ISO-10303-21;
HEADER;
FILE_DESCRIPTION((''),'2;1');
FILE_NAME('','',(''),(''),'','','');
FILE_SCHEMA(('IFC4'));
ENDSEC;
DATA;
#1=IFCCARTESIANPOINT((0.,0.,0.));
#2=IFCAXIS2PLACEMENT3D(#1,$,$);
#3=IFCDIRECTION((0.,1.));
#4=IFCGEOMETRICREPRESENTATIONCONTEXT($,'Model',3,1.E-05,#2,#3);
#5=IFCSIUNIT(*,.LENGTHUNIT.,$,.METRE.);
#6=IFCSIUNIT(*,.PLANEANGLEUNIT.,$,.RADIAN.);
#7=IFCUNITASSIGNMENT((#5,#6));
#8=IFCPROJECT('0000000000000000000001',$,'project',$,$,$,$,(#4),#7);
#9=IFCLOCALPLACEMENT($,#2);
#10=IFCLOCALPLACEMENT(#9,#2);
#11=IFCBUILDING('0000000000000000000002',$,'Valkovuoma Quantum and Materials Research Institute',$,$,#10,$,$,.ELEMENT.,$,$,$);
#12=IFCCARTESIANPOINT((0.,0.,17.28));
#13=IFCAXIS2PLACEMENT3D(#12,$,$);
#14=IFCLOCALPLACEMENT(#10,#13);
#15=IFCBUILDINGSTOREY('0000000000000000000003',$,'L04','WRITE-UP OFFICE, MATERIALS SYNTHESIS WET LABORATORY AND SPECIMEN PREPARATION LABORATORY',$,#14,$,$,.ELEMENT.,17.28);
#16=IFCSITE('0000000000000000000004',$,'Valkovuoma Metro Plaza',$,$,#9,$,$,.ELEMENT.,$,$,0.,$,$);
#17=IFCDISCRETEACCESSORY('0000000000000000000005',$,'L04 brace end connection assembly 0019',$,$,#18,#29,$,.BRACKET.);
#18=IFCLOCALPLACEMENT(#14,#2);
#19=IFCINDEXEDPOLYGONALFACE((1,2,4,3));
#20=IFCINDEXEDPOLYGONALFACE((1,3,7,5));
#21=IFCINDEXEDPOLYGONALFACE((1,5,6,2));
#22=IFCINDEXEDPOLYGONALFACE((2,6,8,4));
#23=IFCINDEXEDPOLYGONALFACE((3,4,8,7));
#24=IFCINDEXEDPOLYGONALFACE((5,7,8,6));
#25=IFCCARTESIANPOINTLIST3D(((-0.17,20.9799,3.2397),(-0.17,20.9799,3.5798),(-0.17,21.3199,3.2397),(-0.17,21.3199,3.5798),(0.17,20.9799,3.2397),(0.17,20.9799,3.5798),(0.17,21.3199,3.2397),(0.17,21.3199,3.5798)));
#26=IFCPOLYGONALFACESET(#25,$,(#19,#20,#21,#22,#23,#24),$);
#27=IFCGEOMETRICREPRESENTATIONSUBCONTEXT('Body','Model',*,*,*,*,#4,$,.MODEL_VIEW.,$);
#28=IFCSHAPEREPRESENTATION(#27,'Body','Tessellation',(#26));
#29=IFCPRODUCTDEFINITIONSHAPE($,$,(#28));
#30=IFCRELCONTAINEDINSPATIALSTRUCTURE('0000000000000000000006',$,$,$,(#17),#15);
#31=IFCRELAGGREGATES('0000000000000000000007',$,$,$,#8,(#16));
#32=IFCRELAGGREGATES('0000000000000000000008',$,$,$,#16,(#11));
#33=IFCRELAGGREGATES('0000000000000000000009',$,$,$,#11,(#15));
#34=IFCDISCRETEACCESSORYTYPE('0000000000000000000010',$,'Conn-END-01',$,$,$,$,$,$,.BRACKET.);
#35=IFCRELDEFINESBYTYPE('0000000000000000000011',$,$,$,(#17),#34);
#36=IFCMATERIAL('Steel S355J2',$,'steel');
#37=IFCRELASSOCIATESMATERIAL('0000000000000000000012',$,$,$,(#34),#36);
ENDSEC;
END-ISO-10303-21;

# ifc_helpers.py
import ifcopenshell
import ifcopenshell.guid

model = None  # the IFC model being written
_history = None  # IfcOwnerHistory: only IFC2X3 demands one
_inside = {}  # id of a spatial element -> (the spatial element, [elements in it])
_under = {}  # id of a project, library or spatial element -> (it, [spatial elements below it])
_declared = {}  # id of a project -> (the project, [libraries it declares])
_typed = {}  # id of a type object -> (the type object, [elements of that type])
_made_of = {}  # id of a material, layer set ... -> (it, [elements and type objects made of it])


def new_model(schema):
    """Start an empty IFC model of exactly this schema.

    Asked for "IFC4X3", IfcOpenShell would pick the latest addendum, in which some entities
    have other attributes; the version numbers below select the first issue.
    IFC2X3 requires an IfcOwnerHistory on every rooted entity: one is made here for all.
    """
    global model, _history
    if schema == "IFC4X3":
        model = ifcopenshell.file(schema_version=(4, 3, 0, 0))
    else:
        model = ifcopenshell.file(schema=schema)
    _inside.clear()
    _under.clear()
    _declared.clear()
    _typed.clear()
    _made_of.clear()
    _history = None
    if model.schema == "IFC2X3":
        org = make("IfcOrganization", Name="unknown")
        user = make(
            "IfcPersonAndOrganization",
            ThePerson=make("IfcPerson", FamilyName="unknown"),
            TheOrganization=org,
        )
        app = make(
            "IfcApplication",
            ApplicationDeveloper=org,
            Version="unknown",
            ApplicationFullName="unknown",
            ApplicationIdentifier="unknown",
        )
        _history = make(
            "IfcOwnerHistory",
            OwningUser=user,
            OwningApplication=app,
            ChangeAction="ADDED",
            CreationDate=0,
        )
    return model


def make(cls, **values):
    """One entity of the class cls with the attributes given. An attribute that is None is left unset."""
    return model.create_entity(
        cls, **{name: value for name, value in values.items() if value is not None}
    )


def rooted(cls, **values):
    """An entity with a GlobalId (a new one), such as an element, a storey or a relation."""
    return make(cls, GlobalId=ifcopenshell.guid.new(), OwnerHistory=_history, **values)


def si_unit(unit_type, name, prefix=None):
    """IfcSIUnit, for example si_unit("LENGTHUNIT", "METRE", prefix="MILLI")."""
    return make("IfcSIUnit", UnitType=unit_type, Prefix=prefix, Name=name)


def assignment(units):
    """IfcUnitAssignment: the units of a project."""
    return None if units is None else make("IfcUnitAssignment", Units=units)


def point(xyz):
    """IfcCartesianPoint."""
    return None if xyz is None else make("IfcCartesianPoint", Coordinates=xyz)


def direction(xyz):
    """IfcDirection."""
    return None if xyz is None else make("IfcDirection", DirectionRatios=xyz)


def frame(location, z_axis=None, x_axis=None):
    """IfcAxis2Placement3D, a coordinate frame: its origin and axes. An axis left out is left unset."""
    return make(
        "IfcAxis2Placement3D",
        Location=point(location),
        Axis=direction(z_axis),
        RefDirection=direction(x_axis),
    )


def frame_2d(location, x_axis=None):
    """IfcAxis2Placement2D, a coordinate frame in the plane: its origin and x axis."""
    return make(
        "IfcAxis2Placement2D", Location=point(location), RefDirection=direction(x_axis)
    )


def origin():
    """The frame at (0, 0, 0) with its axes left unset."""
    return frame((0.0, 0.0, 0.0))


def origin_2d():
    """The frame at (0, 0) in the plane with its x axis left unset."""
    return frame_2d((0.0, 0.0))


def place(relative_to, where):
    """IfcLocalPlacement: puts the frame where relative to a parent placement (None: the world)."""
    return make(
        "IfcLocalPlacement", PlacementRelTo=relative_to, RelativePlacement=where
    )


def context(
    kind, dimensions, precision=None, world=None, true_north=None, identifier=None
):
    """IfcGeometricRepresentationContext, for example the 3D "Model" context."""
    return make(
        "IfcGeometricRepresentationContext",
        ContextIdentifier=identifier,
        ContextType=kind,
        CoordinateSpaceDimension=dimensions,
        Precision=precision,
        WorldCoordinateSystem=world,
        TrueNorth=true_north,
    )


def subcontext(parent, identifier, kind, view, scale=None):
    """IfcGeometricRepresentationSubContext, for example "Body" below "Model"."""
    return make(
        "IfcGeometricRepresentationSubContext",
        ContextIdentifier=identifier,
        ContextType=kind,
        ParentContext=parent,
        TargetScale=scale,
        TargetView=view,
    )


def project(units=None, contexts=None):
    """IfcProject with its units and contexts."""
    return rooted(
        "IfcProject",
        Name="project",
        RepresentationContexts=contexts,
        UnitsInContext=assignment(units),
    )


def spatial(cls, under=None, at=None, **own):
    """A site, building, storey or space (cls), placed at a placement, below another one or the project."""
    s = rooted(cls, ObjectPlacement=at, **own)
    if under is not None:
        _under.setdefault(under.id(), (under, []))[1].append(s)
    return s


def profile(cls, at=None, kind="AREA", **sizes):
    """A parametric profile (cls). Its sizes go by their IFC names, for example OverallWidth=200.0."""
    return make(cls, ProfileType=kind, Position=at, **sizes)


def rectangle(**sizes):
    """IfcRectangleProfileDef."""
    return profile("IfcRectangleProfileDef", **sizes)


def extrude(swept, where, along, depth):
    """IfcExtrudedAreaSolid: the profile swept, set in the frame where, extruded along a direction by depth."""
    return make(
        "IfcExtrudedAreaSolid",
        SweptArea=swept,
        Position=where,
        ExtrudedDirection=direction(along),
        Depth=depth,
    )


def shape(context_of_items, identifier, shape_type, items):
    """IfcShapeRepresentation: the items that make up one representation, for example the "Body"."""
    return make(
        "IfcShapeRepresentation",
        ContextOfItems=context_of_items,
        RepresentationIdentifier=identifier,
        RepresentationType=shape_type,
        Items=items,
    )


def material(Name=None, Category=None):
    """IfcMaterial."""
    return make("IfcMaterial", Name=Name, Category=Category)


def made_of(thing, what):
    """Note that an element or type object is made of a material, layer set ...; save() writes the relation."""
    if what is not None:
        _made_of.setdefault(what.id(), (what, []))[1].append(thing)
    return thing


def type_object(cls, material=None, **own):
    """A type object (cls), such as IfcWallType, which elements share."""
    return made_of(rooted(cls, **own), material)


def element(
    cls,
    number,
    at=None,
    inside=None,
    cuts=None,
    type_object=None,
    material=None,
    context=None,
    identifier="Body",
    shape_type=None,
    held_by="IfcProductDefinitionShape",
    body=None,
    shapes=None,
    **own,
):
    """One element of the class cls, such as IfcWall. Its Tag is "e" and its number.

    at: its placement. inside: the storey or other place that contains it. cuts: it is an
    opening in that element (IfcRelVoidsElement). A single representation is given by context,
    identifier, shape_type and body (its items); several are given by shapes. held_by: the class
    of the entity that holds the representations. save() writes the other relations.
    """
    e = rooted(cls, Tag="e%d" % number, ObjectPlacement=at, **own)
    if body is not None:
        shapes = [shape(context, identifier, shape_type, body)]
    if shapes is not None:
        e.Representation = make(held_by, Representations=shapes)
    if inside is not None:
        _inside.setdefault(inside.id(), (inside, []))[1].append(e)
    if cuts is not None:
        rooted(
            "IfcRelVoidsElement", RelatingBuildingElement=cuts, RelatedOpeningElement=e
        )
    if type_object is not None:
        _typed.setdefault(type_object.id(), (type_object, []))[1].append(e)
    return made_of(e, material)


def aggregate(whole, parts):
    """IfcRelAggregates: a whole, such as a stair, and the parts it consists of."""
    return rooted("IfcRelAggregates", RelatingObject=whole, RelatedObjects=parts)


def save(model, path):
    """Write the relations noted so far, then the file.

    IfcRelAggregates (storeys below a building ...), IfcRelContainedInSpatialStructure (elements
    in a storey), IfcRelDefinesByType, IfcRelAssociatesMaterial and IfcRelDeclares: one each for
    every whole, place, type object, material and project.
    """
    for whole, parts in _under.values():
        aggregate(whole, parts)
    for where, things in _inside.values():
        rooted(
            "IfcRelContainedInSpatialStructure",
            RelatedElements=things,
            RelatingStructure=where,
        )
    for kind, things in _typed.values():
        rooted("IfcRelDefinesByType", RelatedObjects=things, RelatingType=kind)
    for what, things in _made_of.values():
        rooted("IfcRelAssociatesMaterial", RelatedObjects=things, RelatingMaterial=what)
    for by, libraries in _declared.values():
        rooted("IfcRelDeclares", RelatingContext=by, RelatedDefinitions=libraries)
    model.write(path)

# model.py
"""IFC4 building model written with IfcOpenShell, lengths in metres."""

from ifc_helpers import new_model, si_unit, direction, frame, origin, origin_2d, place, context, subcontext, project, spatial, rectangle, extrude, material, type_object, element, save


model = new_model("IFC4")

# Units and contexts
model_context = context("Model", 3, precision=1e-05, world=origin(), true_north=direction((0.0, 1.0)))
body_context = subcontext(model_context, "Body", "Model", "MODEL_VIEW")
ifc_project = project(units=[si_unit("LENGTHUNIT", "METRE"), si_unit("PLANEANGLEUNIT", "RADIAN")], contexts=[model_context])

# Site, building, storey
site_placement = place(None, origin())
site = spatial("IfcSite", under=ifc_project, at=site_placement, Name="Valkovuoma Metro Plaza", CompositionType="ELEMENT", RefElevation=0.0)
building_placement = place(site_placement, origin())
building = spatial("IfcBuilding", under=site, at=building_placement, Name="Valkovuoma Quantum and Materials Research Institute", CompositionType="ELEMENT")
storey_placement = place(building_placement, frame((0.0, 0.0, 17.28)))
storey = spatial("IfcBuildingStorey", under=building, at=storey_placement, Name="L04", Description="WRITE-UP OFFICE, MATERIALS SYNTHESIS WET LABORATORY AND SPECIMEN PREPARATION LABORATORY", CompositionType="ELEMENT", Elevation=17.28)

# Discrete accessory
ifc_material_1 = material(Name="Steel S355J2", Category="steel")
discrete_accessory_type_1 = type_object("IfcDiscreteAccessoryType", Name="Conn-END-01", PredefinedType="BRACKET", material=ifc_material_1)
discrete_accessory_placement = place(storey_placement, frame((0.0, 21.1499, 3.2397), z_axis=(0.0, 0.0, 1.0), x_axis=(1.0, 0.0, 0.0)))
element("IfcDiscreteAccessory", 1, at=discrete_accessory_placement, inside=storey, type_object=discrete_accessory_type_1, Name="L04 brace end connection assembly 0019", PredefinedType="BRACKET", context=body_context, shape_type="SweptSolid", body=[
    extrude(rectangle(XDim=0.3401, YDim=0.3401, at=origin_2d()), origin(), (0.0, 0.0, 1.0), 0.3401),
])

save(model, "model.ifc")
